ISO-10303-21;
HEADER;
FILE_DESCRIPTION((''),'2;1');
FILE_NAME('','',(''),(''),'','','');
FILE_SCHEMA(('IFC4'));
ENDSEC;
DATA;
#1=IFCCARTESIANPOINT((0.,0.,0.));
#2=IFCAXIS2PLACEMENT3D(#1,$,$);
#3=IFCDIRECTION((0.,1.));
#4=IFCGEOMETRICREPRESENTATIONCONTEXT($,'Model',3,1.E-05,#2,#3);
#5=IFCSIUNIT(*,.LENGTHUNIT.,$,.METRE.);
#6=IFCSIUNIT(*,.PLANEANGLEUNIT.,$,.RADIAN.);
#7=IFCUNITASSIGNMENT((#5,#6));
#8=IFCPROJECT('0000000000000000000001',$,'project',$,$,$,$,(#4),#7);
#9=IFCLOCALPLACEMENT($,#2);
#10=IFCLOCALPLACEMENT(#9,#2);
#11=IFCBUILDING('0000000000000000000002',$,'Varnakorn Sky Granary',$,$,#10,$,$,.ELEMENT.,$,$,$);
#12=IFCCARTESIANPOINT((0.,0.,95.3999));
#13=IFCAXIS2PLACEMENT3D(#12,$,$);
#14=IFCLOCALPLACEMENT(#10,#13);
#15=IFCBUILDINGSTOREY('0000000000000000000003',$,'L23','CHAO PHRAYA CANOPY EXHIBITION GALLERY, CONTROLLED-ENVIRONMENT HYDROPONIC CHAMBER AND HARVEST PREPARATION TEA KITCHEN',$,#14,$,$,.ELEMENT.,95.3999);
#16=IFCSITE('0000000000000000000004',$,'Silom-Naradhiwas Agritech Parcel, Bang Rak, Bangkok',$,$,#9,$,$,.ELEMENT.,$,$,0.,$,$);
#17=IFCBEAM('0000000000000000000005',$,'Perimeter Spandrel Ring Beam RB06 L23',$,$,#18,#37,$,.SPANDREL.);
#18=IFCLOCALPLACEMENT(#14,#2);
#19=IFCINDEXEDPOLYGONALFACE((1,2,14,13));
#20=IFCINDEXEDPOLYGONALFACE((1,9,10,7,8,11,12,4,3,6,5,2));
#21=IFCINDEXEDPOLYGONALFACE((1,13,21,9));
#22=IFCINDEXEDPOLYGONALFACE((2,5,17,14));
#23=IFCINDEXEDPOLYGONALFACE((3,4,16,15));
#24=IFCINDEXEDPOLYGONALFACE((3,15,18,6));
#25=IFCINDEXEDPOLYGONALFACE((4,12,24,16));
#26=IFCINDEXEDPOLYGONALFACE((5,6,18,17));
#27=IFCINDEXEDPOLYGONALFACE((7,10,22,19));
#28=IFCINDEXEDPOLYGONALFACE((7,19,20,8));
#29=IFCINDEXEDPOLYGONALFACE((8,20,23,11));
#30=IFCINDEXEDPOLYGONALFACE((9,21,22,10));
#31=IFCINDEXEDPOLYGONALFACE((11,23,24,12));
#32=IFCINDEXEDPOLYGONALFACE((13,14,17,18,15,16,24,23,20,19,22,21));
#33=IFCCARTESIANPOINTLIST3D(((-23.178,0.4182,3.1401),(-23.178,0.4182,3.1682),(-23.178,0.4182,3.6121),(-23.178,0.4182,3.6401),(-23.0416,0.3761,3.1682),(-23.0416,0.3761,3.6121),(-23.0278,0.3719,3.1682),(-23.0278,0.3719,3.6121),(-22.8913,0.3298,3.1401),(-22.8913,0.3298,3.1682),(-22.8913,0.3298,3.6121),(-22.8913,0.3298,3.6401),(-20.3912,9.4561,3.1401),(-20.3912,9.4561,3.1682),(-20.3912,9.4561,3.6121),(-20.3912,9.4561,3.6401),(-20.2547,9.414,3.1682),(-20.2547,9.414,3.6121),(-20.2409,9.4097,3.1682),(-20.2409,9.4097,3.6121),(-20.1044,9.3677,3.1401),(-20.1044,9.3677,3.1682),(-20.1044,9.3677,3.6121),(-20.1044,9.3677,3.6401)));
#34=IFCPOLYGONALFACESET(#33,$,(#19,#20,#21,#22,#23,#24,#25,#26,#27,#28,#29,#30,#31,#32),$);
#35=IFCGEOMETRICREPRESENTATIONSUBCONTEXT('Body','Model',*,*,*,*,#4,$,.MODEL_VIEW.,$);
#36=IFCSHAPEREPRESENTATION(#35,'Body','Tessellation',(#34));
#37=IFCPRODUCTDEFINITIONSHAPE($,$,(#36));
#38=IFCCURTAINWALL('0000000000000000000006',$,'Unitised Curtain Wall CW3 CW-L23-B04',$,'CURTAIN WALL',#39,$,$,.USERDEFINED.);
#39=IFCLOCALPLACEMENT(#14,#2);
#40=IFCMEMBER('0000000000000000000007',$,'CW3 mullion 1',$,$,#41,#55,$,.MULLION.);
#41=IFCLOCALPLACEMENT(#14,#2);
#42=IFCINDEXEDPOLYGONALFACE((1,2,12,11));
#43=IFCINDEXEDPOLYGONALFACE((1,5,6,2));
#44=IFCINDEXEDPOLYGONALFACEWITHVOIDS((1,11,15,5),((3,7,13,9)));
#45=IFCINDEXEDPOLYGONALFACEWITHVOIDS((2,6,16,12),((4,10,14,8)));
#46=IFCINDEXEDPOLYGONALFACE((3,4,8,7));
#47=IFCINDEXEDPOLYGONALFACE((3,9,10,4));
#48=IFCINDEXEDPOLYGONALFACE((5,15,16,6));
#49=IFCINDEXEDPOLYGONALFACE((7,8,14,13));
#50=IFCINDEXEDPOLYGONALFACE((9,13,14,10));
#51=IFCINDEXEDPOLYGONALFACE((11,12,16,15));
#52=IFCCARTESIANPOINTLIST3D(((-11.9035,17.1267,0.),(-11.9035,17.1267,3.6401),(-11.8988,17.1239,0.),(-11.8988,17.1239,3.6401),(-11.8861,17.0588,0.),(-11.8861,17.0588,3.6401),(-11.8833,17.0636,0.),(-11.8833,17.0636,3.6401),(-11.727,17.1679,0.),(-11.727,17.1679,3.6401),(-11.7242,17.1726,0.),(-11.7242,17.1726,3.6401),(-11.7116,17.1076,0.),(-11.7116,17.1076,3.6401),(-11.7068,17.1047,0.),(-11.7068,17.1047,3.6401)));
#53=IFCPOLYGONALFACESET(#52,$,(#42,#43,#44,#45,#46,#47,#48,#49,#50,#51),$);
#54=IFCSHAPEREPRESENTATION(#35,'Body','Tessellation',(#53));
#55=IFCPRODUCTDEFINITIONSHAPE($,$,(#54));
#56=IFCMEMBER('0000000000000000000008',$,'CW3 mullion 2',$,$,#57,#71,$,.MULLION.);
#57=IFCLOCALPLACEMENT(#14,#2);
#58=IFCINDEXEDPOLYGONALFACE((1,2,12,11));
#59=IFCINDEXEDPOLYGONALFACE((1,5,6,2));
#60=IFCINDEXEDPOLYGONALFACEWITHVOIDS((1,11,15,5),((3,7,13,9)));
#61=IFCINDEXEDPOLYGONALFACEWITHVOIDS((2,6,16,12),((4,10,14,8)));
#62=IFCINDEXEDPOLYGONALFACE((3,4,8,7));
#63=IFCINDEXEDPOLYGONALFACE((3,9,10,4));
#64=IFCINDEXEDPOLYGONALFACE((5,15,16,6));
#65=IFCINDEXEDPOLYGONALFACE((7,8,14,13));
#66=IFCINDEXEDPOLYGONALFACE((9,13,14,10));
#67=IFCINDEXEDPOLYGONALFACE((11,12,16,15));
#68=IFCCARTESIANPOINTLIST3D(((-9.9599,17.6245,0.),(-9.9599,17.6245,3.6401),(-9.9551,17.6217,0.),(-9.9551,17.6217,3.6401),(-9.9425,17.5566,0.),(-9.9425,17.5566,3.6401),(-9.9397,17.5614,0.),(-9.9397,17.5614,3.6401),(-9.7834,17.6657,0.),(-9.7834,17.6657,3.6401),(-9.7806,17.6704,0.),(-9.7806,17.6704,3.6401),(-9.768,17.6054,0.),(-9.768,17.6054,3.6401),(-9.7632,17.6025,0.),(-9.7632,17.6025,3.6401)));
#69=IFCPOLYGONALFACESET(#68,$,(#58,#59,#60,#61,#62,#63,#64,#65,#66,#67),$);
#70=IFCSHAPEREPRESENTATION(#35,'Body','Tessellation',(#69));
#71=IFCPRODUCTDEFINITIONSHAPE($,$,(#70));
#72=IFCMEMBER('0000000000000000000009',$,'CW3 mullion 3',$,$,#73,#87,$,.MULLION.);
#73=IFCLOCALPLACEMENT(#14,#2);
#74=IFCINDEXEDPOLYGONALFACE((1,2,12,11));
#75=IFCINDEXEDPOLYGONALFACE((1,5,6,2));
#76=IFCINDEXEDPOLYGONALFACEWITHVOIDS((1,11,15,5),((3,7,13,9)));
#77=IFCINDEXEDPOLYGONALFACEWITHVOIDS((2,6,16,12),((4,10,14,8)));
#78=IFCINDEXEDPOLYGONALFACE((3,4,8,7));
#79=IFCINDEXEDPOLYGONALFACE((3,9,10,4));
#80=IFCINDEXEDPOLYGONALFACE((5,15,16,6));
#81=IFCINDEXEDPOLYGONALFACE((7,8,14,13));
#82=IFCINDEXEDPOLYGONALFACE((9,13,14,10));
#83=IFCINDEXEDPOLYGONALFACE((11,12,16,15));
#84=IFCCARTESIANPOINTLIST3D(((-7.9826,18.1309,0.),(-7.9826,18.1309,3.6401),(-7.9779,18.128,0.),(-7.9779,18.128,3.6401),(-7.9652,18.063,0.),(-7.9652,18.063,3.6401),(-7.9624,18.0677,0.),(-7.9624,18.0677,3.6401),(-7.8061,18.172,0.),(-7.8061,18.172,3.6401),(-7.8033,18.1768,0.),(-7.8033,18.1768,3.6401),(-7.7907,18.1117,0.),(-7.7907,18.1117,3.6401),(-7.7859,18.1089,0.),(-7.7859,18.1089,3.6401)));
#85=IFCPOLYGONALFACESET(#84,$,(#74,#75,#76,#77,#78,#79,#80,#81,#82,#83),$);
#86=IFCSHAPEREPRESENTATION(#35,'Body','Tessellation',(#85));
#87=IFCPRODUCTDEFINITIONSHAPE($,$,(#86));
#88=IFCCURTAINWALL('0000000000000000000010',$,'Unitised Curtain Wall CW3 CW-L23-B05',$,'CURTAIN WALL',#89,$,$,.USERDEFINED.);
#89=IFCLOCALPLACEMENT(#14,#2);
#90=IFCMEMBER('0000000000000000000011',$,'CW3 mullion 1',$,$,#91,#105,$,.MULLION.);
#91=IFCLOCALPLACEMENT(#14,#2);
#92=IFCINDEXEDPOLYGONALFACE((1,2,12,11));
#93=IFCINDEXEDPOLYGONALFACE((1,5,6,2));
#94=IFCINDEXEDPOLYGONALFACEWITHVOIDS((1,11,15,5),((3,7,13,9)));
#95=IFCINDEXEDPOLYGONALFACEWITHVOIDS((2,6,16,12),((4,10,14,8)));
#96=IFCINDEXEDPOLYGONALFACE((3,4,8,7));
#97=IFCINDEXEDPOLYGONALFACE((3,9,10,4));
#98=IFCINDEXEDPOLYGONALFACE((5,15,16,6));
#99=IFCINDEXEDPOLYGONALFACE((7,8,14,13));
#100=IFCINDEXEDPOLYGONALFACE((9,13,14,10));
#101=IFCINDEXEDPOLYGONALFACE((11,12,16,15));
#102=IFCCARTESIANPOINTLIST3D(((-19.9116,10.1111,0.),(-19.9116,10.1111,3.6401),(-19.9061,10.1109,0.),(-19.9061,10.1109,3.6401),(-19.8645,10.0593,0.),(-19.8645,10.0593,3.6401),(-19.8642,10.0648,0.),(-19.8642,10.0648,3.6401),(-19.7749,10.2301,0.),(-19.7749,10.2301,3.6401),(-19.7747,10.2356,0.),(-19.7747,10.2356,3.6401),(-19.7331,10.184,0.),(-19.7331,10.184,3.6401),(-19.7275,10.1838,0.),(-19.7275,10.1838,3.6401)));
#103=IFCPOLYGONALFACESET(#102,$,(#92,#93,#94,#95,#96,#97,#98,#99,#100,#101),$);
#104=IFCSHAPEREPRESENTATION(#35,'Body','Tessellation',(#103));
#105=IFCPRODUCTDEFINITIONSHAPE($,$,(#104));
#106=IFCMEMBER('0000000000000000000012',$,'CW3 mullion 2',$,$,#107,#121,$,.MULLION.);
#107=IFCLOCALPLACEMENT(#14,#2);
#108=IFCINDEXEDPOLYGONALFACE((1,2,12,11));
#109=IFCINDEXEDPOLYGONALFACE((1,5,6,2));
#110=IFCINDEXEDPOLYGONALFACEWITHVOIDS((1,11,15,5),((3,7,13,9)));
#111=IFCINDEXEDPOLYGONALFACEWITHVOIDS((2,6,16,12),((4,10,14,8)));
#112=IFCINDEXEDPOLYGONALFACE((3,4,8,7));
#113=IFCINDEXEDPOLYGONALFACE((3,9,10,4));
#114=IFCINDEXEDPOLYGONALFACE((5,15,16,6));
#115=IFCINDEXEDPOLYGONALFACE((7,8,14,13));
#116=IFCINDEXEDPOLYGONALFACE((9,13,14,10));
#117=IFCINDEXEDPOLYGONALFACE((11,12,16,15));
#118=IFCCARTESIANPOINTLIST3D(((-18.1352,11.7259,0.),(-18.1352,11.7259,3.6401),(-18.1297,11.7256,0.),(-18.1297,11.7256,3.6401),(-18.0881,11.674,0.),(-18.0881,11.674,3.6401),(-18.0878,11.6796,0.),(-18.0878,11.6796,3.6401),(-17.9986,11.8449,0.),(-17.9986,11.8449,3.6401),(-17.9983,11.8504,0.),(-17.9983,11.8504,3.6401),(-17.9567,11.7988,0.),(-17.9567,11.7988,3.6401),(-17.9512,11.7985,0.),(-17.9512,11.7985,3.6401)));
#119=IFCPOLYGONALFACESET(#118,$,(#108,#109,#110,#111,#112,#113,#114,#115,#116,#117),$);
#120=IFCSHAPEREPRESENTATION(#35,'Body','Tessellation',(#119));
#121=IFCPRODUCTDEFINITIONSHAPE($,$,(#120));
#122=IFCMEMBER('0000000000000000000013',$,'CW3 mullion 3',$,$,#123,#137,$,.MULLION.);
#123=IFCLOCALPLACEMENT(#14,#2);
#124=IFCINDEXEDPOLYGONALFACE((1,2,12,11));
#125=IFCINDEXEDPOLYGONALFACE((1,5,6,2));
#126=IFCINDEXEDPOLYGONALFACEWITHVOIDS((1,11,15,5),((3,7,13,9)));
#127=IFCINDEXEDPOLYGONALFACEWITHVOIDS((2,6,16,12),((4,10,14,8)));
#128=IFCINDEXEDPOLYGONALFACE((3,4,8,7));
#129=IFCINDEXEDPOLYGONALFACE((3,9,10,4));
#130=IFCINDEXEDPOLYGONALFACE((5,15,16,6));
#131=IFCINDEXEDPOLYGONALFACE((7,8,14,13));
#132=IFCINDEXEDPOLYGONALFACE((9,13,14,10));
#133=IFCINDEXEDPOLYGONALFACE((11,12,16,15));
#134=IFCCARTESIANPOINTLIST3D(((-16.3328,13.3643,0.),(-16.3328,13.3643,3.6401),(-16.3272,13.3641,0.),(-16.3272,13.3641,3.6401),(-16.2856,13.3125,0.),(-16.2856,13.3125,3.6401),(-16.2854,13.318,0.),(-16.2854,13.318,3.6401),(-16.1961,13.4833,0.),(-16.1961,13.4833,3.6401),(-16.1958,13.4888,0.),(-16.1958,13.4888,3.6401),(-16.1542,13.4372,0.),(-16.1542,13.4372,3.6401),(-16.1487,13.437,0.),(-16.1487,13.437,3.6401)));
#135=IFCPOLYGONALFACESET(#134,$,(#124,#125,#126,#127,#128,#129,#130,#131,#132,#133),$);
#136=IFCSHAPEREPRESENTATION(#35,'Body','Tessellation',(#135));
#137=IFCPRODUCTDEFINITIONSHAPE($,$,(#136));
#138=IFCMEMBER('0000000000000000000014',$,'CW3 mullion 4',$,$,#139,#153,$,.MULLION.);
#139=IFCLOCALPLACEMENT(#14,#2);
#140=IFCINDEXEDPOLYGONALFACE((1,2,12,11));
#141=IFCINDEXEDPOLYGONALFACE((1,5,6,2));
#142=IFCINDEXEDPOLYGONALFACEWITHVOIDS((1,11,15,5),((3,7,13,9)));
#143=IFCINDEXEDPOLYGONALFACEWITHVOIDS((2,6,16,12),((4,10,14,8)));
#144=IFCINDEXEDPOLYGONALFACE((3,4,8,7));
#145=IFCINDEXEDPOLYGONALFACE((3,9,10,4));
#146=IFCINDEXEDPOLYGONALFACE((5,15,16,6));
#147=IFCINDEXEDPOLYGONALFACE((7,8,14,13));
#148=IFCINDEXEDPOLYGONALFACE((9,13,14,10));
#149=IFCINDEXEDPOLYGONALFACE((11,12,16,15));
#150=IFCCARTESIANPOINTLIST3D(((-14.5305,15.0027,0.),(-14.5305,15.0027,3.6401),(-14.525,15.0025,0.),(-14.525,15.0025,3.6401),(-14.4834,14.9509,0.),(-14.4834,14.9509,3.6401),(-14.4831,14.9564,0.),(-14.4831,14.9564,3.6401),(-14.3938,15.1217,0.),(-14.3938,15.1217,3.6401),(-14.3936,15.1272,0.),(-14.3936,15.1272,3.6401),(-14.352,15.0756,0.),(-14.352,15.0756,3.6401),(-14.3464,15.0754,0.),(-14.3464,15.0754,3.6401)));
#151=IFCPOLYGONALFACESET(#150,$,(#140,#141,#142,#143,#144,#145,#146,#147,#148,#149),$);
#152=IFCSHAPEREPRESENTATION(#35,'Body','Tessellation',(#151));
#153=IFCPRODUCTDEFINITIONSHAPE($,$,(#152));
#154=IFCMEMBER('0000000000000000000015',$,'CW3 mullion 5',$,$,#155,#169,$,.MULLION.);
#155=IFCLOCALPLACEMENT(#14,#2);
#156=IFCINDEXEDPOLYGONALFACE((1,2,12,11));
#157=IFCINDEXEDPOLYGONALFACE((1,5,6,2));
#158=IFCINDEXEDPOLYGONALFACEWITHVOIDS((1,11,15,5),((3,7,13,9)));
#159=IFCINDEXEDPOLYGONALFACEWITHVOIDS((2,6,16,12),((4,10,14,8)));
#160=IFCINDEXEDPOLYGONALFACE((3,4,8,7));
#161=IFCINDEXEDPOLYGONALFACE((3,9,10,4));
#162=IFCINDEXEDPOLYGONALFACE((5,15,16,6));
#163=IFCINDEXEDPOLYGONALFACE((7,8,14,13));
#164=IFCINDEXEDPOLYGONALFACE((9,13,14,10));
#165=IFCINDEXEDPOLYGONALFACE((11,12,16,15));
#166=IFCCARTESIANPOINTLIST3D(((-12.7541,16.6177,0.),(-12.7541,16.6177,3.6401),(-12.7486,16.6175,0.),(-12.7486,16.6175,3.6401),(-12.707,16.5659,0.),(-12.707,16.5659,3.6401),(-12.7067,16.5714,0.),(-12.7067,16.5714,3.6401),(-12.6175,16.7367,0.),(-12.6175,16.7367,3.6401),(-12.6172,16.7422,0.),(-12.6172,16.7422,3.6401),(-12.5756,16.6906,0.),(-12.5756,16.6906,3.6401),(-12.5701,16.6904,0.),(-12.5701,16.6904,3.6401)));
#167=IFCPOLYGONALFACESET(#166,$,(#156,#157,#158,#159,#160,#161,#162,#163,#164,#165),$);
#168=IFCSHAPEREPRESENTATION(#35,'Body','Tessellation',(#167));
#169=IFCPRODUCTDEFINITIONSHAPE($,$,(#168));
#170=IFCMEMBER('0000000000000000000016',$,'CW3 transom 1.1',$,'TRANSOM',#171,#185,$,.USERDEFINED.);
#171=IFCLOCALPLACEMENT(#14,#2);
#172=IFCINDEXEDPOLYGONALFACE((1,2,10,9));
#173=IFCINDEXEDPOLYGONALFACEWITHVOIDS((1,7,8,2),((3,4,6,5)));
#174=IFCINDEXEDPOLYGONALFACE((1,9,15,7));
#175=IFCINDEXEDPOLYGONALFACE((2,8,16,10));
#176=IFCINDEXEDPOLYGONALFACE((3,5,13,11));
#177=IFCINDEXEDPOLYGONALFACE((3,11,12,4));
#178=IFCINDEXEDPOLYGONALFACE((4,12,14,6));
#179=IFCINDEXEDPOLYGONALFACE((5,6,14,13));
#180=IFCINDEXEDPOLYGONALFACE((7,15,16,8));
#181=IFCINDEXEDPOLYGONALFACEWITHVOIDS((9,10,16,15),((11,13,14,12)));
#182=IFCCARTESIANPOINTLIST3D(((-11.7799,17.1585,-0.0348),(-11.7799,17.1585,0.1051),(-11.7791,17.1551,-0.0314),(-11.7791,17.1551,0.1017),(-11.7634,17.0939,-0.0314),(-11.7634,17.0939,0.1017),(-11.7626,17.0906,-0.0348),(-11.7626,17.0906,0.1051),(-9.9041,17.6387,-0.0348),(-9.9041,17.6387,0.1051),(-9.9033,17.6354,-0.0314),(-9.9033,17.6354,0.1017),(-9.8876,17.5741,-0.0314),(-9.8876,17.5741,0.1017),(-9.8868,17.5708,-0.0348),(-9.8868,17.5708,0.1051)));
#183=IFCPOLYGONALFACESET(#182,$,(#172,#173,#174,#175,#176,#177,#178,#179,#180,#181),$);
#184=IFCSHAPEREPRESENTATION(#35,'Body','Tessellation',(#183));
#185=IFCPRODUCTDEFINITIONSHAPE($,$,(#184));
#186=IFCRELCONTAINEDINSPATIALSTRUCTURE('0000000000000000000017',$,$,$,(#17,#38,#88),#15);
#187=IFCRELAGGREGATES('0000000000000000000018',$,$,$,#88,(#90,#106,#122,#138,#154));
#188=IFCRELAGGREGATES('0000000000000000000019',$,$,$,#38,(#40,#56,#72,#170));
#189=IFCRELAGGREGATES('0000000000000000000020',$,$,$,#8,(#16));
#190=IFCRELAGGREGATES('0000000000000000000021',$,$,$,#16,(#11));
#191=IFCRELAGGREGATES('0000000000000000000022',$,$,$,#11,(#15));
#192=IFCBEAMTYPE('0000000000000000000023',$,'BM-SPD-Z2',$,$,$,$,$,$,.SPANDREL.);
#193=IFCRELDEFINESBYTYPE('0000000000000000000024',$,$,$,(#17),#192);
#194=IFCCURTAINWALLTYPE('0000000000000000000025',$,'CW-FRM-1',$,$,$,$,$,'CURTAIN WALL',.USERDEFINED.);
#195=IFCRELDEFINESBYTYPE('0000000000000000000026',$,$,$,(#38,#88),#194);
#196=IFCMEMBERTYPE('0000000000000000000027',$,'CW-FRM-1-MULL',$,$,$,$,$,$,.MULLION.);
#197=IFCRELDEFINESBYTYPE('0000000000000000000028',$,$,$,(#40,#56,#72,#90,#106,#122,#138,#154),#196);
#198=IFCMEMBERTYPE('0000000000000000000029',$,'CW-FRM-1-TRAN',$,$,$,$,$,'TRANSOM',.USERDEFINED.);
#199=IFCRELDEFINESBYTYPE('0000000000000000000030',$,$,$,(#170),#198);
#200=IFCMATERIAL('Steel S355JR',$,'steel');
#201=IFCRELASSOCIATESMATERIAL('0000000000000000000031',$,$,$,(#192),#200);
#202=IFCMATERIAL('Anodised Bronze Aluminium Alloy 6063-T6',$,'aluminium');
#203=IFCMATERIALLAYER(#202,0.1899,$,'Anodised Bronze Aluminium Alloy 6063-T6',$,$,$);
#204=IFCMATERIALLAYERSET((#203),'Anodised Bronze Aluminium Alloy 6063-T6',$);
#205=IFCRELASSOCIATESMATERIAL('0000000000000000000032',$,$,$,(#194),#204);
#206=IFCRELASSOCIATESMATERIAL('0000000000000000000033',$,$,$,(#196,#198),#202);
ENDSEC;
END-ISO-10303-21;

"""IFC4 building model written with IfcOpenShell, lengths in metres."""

from ifc_helpers import new_model, si_unit, direction, frame, origin, origin_2d, place, context, subcontext, project, spatial, hollow_rectangle, i_section, extrude, material, layer, layer_set, material_profile, profile_set, type_object, element, aggregate, save


model = new_model("IFC4")

# Units and contexts
model_context = context("Model", 3, precision=1e-05, world=origin(), true_north=direction((0.0, 1.0)))
body_context = subcontext(model_context, "Body", "Model", "MODEL_VIEW")
ifc_project = project(units=[si_unit("LENGTHUNIT", "METRE"), si_unit("PLANEANGLEUNIT", "RADIAN")], contexts=[model_context])

# Site, building, storey
site_placement = place(None, origin())
site = spatial("IfcSite", under=ifc_project, at=site_placement, Name="Silom-Naradhiwas Agritech Parcel, Bang Rak, Bangkok", CompositionType="ELEMENT", RefElevation=0.0)
building_placement = place(site_placement, origin())
building = spatial("IfcBuilding", under=site, at=building_placement, Name="Varnakorn Sky Granary", CompositionType="ELEMENT")
storey_placement = place(building_placement, frame((0.0, 0.0, 95.3999)))
storey = spatial("IfcBuildingStorey", under=building, at=storey_placement, Name="L23", Description="CHAO PHRAYA CANOPY EXHIBITION GALLERY, CONTROLLED-ENVIRONMENT HYDROPONIC CHAMBER AND HARVEST PREPARATION TEA KITCHEN", CompositionType="ELEMENT", Elevation=95.3999)

# Beam
ifc_material_1 = material(Name="Steel S355JR", Category="steel")
ifc_material_profile_1 = material_profile(ifc_material_1, i_section(OverallWidth=0.3, OverallDepth=0.5, WebThickness=0.0144, FlangeThickness=0.0281, at=origin_2d()), Name="HE 500 B")
ifc_profile_set_1 = profile_set([ifc_material_profile_1], Name="Steel S355JR")
beam_type_1 = type_object("IfcBeamType", Name="BM-SPD-Z2", PredefinedType="SPANDREL", material=ifc_profile_set_1)
beam_1_placement = place(storey_placement, frame((-20.2478, 9.4119, 3.3901), z_axis=(-0.294664, -0.955601, 0.0), x_axis=(0.955601, -0.294664, 0.0)))
element("IfcBeam", 1, at=beam_1_placement, inside=storey, type_object=beam_type_1, Name="Perimeter Spandrel Ring Beam RB06 L23", PredefinedType="SPANDREL", context=body_context, shape_type="SweptSolid", body=[
    extrude(i_section(OverallWidth=0.3, OverallDepth=0.5, WebThickness=0.0144, FlangeThickness=0.0281, at=origin_2d()), origin(), (0.0, 0.0, 1.0), 9.4578),
])

# Curtain walls, members
ifc_material_2 = material(Name="Anodised Bronze Aluminium Alloy 6063-T6", Category="aluminium")
ifc_layer_1 = layer(ifc_material_2, 0.1899, Name="Anodised Bronze Aluminium Alloy 6063-T6")
ifc_layer_set_1 = layer_set([ifc_layer_1], Name="Anodised Bronze Aluminium Alloy 6063-T6")
curtain_wall_type = type_object("IfcCurtainWallType", Name="CW-FRM-1", ElementType="CURTAIN WALL", PredefinedType="USERDEFINED", material=ifc_layer_set_1)
curtain_wall_1_placement = place(storey_placement, origin())
curtain_wall_1 = element("IfcCurtainWall", 2, at=curtain_wall_1_placement, inside=storey, type_object=curtain_wall_type, Name="Unitised Curtain Wall CW3 CW-L23-B04", ObjectType="CURTAIN WALL", PredefinedType="USERDEFINED")
ifc_material_profile_2 = material_profile(ifc_material_2, hollow_rectangle(XDim=0.0701, YDim=0.1851, WallThickness=0.0039, at=origin_2d()), Name="ALU MULL 70x185")
ifc_profile_set_2 = profile_set([ifc_material_profile_2], Name="Anodised Bronze Aluminium Alloy 6063-T6")
member_type_1 = type_object("IfcMemberType", Name="CW-FRM-1-MULL", PredefinedType="MULLION", material=ifc_profile_set_2)
member_1_placement = place(storey_placement, frame((-11.8052, 17.1157, 0.0), z_axis=(0.0, 0.0, 1.0), x_axis=(-0.248101, 0.968734, 0.0)))
member_1 = element("IfcMember", 3, at=member_1_placement, type_object=member_type_1, Name="CW3 mullion 1", PredefinedType="MULLION", context=body_context, shape_type="SweptSolid", body=[
    extrude(hollow_rectangle(XDim=0.0701, YDim=0.1851, WallThickness=0.0039, at=origin_2d()), origin(), (0.0, 0.0, 1.0), 3.6401),
])
member_2_placement = place(storey_placement, frame((-9.8616, 17.6135, 0.0), z_axis=(0.0, 0.0, 1.0), x_axis=(-0.248101, 0.968734, 0.0)))
member_2 = element("IfcMember", 4, at=member_2_placement, type_object=member_type_1, Name="CW3 mullion 2", PredefinedType="MULLION", context=body_context, shape_type="SweptSolid", body=[
    extrude(hollow_rectangle(XDim=0.0701, YDim=0.1851, WallThickness=0.0039, at=origin_2d()), origin(), (0.0, 0.0, 1.0), 3.6401),
])
member_3_placement = place(storey_placement, frame((-7.8843, 18.1199, 0.0), z_axis=(0.0, 0.0, 1.0), x_axis=(-0.248101, 0.968734, 0.0)))
member_3 = element("IfcMember", 5, at=member_3_placement, type_object=member_type_1, Name="CW3 mullion 3", PredefinedType="MULLION", context=body_context, shape_type="SweptSolid", body=[
    extrude(hollow_rectangle(XDim=0.0701, YDim=0.1851, WallThickness=0.0039, at=origin_2d()), origin(), (0.0, 0.0, 1.0), 3.6401),
])
curtain_wall_2_placement = place(storey_placement, origin())
curtain_wall_2 = element("IfcCurtainWall", 6, at=curtain_wall_2_placement, inside=storey, type_object=curtain_wall_type, Name="Unitised Curtain Wall CW3 CW-L23-B05", ObjectType="CURTAIN WALL", PredefinedType="USERDEFINED")
member_4_placement = place(storey_placement, frame((-19.8196, 10.1475, 0.0), z_axis=(0.0, 0.0, 1.0), x_axis=(-0.672672, 0.739941, 0.0)))
member_4 = element("IfcMember", 7, at=member_4_placement, type_object=member_type_1, Name="CW3 mullion 1", PredefinedType="MULLION", context=body_context, shape_type="SweptSolid", body=[
    extrude(hollow_rectangle(XDim=0.0701, YDim=0.1851, WallThickness=0.0039, at=origin_2d()), origin(), (0.0, 0.0, 1.0), 3.6401),
])
member_5_placement = place(storey_placement, frame((-18.0432, 11.7622, 0.0), z_axis=(0.0, 0.0, 1.0), x_axis=(-0.672672, 0.739941, 0.0)))
member_5 = element("IfcMember", 8, at=member_5_placement, type_object=member_type_1, Name="CW3 mullion 2", PredefinedType="MULLION", context=body_context, shape_type="SweptSolid", body=[
    extrude(hollow_rectangle(XDim=0.0701, YDim=0.1851, WallThickness=0.0039, at=origin_2d()), origin(), (0.0, 0.0, 1.0), 3.6401),
])
member_6_placement = place(storey_placement, frame((-16.2407, 13.4006, 0.0), z_axis=(0.0, 0.0, 1.0), x_axis=(-0.672672, 0.739941, 0.0)))
member_6 = element("IfcMember", 9, at=member_6_placement, type_object=member_type_1, Name="CW3 mullion 3", PredefinedType="MULLION", context=body_context, shape_type="SweptSolid", body=[
    extrude(hollow_rectangle(XDim=0.0701, YDim=0.1851, WallThickness=0.0039, at=origin_2d()), origin(), (0.0, 0.0, 1.0), 3.6401),
])
member_7_placement = place(storey_placement, frame((-14.4385, 15.0391, 0.0), z_axis=(0.0, 0.0, 1.0), x_axis=(-0.672672, 0.739941, 0.0)))
member_7 = element("IfcMember", 10, at=member_7_placement, type_object=member_type_1, Name="CW3 mullion 4", PredefinedType="MULLION", context=body_context, shape_type="SweptSolid", body=[
    extrude(hollow_rectangle(XDim=0.0701, YDim=0.1851, WallThickness=0.0039, at=origin_2d()), origin(), (0.0, 0.0, 1.0), 3.6401),
])
member_8_placement = place(storey_placement, frame((-12.6621, 16.6541, 0.0), z_axis=(0.0, 0.0, 1.0), x_axis=(-0.672672, 0.739941, 0.0)))
member_8 = element("IfcMember", 11, at=member_8_placement, type_object=member_type_1, Name="CW3 mullion 5", PredefinedType="MULLION", context=body_context, shape_type="SweptSolid", body=[
    extrude(hollow_rectangle(XDim=0.0701, YDim=0.1851, WallThickness=0.0039, at=origin_2d()), origin(), (0.0, 0.0, 1.0), 3.6401),
])

# Member
ifc_material_profile_3 = material_profile(ifc_material_2, hollow_rectangle(XDim=0.0701, YDim=0.1399, WallThickness=0.0034, at=origin_2d()), Name="ALU TRAN 70x140")
ifc_profile_set_3 = profile_set([ifc_material_profile_3], Name="Anodised Bronze Aluminium Alloy 6063-T6")
member_type_2 = type_object("IfcMemberType", Name="CW-FRM-1-TRAN", ElementType="TRANSOM", PredefinedType="USERDEFINED", material=ifc_profile_set_3)
member_9_placement = place(storey_placement, frame((-11.7712, 17.1245, 0.0352), z_axis=(0.968755, 0.24802, 0.0), x_axis=(-0.24802, 0.968755, 0.0)))
member_9 = element("IfcMember", 12, at=member_9_placement, type_object=member_type_2, Name="CW3 transom 1.1", ObjectType="TRANSOM", PredefinedType="USERDEFINED", context=body_context, shape_type="SweptSolid", body=[
    extrude(hollow_rectangle(XDim=0.0701, YDim=0.1399, WallThickness=0.0034, at=origin_2d()), origin(), (0.0, 0.0, 1.0), 1.9363),
])

aggregate(curtain_wall_2, [member_4, member_5, member_6, member_7, member_8])
aggregate(curtain_wall_1, [member_1, member_2, member_3, member_9])

save(model, "model.ifc")
